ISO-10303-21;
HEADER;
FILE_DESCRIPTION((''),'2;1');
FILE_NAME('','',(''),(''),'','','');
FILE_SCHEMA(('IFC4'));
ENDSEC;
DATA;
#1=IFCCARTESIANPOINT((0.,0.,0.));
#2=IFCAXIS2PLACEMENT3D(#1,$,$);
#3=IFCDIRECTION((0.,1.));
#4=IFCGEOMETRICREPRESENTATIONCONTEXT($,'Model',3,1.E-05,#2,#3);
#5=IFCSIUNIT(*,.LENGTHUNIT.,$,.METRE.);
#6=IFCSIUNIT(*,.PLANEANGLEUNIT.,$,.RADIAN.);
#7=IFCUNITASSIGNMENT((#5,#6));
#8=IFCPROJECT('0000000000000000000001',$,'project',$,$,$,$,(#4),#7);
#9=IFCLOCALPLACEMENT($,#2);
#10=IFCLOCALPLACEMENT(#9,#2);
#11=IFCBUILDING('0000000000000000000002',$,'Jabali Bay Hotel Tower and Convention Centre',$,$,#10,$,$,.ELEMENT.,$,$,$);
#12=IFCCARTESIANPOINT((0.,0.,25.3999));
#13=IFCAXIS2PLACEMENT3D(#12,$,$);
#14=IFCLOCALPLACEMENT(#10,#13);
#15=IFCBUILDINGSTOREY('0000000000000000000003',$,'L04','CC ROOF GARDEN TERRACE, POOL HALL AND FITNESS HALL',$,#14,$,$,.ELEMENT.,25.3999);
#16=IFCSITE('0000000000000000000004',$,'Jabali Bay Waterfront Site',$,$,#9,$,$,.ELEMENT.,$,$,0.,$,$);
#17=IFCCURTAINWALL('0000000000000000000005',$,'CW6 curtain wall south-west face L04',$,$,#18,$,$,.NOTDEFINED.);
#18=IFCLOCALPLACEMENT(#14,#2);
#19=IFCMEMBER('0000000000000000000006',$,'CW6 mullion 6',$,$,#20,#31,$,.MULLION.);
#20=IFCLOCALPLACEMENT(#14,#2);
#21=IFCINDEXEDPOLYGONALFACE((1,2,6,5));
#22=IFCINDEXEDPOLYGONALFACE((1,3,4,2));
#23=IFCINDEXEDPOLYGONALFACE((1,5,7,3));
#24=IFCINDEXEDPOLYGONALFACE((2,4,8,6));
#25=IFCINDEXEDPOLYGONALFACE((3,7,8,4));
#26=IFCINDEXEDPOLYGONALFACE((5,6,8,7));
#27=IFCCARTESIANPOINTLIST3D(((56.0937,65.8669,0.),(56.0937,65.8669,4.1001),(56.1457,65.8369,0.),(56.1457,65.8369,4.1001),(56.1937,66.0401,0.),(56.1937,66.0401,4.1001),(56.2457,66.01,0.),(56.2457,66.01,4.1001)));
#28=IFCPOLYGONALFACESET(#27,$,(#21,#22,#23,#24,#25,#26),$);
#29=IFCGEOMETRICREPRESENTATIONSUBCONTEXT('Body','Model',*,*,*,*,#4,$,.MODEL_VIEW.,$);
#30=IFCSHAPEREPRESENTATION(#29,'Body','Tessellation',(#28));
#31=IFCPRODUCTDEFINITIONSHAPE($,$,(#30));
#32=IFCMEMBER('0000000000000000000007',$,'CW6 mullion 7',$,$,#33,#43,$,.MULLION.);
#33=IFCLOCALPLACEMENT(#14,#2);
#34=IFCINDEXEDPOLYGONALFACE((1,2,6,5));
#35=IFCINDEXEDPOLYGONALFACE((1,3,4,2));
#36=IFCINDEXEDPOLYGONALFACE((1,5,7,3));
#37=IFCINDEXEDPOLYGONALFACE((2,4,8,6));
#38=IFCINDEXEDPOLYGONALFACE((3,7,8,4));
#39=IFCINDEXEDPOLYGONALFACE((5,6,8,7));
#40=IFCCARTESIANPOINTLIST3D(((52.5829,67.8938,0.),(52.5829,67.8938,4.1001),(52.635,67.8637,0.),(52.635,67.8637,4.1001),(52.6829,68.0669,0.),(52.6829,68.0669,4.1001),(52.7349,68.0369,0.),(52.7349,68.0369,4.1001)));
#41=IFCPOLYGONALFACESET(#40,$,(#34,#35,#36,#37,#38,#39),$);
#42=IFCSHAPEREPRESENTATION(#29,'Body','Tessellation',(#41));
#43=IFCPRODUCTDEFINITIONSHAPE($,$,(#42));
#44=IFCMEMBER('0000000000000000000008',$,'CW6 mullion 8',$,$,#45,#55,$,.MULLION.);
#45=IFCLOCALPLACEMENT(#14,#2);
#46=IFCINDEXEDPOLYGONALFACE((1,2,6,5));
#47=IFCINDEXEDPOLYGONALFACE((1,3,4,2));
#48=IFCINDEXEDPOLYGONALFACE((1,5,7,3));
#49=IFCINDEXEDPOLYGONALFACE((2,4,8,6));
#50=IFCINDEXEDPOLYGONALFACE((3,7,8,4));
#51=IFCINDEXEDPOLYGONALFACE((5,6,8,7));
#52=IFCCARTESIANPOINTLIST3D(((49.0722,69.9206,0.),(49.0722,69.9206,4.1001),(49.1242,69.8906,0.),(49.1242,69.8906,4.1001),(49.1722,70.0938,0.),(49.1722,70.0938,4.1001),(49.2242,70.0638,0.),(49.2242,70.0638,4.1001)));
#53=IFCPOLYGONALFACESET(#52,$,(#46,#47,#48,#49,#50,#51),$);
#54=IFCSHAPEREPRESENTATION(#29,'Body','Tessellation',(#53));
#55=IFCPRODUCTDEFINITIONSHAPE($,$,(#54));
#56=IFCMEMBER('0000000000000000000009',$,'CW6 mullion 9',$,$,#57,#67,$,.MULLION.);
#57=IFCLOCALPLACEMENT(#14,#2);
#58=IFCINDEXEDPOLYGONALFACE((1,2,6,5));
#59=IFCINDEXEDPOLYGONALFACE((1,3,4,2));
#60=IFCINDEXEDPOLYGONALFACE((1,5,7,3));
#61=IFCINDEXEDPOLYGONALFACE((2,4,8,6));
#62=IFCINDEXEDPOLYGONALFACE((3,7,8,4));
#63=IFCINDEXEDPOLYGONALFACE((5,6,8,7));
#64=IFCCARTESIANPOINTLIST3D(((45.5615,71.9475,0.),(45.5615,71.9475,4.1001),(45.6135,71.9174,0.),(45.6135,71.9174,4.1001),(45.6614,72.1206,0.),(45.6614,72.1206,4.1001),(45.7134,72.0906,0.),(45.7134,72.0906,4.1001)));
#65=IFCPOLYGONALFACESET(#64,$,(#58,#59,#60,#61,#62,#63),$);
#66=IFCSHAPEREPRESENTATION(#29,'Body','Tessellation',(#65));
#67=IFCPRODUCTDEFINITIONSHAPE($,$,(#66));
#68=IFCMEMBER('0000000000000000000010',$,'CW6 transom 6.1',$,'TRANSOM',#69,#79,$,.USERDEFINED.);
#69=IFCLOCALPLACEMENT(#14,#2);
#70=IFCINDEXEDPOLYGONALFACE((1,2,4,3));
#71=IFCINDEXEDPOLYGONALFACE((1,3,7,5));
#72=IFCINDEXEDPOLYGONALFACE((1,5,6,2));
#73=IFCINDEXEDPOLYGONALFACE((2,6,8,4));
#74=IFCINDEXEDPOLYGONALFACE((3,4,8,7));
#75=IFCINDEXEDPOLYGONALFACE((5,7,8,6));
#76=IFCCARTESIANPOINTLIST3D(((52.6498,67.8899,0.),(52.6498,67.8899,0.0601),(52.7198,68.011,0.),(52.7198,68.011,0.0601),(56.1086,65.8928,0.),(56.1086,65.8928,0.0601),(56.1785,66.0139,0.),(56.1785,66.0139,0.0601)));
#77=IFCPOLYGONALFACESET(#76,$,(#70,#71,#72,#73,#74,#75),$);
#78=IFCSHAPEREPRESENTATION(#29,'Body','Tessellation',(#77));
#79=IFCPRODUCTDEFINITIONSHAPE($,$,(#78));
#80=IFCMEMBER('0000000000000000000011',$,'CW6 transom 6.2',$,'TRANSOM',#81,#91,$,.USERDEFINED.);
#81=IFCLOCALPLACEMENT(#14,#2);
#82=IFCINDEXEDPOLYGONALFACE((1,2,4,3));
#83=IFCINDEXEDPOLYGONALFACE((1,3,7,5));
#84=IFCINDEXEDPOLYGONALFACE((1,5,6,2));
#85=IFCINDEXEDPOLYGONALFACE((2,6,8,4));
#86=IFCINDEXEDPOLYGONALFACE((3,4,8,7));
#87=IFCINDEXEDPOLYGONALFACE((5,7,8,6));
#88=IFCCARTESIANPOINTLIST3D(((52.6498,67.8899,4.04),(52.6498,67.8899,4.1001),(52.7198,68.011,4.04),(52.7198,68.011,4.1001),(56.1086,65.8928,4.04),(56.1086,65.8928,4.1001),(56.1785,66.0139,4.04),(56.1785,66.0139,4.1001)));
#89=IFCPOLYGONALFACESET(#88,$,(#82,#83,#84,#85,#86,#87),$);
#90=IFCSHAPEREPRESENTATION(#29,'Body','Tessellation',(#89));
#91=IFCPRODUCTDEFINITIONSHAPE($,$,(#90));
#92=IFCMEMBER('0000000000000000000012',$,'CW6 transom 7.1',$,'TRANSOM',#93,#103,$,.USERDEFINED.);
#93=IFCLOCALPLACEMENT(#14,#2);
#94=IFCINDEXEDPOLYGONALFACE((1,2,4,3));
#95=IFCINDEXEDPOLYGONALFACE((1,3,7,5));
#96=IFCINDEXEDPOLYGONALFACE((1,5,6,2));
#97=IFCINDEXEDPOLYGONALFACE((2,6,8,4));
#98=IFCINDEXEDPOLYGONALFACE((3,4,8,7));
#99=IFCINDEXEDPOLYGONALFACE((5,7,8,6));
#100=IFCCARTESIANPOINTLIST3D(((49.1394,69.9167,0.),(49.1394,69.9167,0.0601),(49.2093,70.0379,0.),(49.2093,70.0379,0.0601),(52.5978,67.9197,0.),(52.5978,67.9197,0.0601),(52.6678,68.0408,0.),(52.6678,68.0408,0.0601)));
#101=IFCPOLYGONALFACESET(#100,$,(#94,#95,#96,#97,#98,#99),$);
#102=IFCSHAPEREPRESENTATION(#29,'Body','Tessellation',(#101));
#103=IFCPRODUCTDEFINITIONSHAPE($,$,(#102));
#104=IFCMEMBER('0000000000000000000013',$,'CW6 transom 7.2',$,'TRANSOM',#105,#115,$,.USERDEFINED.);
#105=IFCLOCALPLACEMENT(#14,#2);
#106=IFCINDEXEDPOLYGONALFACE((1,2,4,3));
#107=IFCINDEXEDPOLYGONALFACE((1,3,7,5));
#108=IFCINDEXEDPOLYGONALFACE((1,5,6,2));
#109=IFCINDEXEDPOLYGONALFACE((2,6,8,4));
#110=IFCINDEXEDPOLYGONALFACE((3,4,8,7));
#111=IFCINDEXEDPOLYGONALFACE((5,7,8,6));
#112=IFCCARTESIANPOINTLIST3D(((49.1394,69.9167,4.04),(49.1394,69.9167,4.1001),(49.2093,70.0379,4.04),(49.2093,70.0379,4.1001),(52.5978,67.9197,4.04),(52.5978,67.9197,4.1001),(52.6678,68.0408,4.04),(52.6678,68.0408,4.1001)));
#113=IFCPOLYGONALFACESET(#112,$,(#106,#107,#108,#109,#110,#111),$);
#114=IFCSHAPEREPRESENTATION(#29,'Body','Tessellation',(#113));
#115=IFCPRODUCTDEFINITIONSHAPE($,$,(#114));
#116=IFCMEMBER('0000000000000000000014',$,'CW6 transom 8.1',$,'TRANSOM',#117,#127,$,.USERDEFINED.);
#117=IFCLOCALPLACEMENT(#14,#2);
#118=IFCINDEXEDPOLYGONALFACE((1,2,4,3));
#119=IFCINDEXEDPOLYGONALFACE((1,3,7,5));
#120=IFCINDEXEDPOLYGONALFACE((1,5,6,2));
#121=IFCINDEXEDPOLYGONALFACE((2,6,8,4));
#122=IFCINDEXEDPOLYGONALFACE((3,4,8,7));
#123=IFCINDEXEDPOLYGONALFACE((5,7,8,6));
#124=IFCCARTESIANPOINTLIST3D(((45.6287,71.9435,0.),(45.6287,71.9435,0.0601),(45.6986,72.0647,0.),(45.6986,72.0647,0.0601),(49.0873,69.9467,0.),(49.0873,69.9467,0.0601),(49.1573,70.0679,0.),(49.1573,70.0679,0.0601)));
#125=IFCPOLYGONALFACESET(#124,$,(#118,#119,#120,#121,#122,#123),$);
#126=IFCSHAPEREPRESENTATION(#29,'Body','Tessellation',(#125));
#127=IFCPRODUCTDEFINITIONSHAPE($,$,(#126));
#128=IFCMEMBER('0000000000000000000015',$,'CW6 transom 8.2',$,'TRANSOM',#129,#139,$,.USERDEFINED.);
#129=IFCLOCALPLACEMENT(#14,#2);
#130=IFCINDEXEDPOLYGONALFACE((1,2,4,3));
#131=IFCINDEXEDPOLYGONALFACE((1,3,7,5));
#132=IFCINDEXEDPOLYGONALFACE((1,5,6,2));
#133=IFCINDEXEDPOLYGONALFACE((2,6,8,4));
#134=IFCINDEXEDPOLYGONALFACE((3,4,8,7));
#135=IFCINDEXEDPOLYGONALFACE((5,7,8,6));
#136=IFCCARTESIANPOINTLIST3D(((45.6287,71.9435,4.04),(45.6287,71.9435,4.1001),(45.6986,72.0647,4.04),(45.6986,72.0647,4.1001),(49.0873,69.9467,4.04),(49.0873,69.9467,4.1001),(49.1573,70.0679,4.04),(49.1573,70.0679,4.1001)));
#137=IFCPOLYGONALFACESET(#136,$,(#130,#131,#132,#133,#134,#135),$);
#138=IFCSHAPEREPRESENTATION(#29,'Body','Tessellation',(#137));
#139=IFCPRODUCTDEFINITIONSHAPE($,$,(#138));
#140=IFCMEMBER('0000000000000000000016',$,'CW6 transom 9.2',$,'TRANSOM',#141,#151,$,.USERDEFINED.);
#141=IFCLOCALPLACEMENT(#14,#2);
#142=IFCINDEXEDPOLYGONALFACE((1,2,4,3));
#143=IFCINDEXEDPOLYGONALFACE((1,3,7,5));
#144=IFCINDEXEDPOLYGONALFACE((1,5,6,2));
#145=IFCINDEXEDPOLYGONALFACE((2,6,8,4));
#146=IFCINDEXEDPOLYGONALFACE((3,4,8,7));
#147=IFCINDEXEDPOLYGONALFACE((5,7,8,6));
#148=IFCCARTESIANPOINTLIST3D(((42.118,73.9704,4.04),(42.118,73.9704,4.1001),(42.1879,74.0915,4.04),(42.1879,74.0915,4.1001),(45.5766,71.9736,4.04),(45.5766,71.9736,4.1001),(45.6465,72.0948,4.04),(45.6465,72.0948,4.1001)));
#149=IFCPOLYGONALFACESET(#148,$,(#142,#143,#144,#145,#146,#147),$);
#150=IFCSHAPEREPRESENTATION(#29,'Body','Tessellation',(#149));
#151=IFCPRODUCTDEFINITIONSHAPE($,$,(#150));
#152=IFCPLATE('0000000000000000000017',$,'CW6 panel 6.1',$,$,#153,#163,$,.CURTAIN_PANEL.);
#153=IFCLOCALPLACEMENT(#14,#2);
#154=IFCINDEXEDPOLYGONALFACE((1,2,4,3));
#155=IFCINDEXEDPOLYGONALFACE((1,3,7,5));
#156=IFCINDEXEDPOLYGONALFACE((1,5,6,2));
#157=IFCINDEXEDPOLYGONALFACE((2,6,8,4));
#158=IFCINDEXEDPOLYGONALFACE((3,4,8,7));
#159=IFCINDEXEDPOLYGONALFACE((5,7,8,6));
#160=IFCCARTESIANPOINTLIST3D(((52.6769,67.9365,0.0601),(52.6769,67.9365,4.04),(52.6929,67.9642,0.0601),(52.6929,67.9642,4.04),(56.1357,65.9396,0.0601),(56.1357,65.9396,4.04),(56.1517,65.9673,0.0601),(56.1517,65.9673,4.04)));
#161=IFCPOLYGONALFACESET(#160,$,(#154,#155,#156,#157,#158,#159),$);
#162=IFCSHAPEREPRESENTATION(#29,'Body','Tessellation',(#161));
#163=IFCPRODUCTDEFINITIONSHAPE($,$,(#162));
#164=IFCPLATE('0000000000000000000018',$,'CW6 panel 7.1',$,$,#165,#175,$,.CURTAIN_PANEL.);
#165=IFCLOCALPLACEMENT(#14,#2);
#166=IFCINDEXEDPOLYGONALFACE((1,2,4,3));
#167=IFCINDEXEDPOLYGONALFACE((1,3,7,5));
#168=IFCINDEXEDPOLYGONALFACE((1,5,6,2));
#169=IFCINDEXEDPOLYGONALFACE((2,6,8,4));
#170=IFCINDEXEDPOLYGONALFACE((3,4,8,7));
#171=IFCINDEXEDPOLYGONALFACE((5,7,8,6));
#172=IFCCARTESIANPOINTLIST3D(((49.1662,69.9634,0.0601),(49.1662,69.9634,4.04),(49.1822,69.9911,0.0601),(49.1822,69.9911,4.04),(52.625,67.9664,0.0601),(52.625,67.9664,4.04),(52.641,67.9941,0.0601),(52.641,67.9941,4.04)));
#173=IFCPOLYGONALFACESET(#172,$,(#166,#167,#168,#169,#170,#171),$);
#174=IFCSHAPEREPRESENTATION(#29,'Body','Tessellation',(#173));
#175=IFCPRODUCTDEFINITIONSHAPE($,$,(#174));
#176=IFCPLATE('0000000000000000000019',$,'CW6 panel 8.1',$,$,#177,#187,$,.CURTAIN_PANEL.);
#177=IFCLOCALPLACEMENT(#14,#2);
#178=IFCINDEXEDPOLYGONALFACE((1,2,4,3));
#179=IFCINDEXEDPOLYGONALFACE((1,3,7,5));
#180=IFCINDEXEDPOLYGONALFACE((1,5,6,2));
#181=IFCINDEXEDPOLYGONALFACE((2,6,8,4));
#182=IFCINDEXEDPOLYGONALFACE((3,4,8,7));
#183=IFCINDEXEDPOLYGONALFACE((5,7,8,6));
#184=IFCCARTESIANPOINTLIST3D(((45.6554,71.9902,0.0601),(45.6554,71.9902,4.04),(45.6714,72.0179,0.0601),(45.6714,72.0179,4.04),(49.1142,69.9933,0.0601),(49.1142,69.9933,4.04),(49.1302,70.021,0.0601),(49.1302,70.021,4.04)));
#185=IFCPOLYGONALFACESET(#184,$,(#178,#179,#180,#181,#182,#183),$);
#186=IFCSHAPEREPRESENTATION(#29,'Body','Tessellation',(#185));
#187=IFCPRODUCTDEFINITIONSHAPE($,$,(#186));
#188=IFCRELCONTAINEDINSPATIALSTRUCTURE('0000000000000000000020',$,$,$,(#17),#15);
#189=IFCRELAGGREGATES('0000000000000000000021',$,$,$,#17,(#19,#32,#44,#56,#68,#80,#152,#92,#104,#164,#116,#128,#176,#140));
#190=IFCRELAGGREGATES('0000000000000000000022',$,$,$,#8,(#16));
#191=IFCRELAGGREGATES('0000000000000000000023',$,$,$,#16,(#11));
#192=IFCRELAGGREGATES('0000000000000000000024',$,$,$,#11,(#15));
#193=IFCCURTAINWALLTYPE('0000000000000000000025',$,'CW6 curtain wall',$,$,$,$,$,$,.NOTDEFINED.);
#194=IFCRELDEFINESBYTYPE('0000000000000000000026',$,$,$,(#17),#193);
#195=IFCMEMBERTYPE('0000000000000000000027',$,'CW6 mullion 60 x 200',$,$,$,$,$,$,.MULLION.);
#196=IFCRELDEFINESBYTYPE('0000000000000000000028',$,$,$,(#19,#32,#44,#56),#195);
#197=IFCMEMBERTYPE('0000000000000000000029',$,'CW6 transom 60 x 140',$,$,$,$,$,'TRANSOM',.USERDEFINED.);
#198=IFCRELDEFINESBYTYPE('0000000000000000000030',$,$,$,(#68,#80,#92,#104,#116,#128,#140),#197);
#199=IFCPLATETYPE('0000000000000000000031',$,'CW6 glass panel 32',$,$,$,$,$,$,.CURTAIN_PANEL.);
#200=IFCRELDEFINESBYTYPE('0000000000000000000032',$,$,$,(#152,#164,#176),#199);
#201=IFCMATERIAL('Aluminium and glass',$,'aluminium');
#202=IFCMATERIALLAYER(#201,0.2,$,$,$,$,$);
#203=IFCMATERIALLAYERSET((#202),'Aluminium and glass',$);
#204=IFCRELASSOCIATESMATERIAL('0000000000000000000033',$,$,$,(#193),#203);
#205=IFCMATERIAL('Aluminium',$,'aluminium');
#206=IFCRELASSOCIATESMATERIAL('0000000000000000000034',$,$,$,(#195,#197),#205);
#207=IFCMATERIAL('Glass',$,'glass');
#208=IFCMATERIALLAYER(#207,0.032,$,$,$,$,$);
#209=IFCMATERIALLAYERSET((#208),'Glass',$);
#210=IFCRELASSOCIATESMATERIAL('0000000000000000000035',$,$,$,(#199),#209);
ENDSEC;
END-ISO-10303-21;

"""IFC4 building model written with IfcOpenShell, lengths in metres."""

from ifc_helpers import new_model, si_unit, direction, frame, origin, origin_2d, place, context, subcontext, project, spatial, rectangle, extrude, material, layer, layer_set, material_profile, profile_set, type_object, element, aggregate, save


model = new_model("IFC4")

# Units and contexts
model_context = context("Model", 3, precision=1e-05, world=origin(), true_north=direction((0.0, 1.0)))
body_context = subcontext(model_context, "Body", "Model", "MODEL_VIEW")
ifc_project = project(units=[si_unit("LENGTHUNIT", "METRE"), si_unit("PLANEANGLEUNIT", "RADIAN")], contexts=[model_context])

# Site, building, storey
site_placement = place(None, origin())
site = spatial("IfcSite", under=ifc_project, at=site_placement, Name="Jabali Bay Waterfront Site", CompositionType="ELEMENT", RefElevation=0.0)
building_placement = place(site_placement, origin())
building = spatial("IfcBuilding", under=site, at=building_placement, Name="Jabali Bay Hotel Tower and Convention Centre", CompositionType="ELEMENT")
storey_placement = place(building_placement, frame((0.0, 0.0, 25.3999)))
storey = spatial("IfcBuildingStorey", under=building, at=storey_placement, Name="L04", Description="CC ROOF GARDEN TERRACE, POOL HALL AND FITNESS HALL", CompositionType="ELEMENT", Elevation=25.3999)

# Curtain wall, members, plates
ifc_material_1 = material(Name="Aluminium and glass", Category="aluminium")
ifc_layer_1 = layer(ifc_material_1, 0.2)
ifc_layer_set_1 = layer_set([ifc_layer_1], Name="Aluminium and glass")
curtain_wall_type = type_object("IfcCurtainWallType", Name="CW6 curtain wall", PredefinedType="NOTDEFINED", material=ifc_layer_set_1)
curtain_wall_placement = place(storey_placement, origin())
curtain_wall = element("IfcCurtainWall", 1, at=curtain_wall_placement, inside=storey, type_object=curtain_wall_type, Name="CW6 curtain wall south-west face L04", PredefinedType="NOTDEFINED")
ifc_material_2 = material(Name="Aluminium", Category="aluminium")
ifc_material_profile_1 = material_profile(ifc_material_2, rectangle(XDim=0.2, YDim=0.0601, at=origin_2d()), Name="CW6 mullion 60 x 200")
ifc_profile_set_1 = profile_set([ifc_material_profile_1], Name="Aluminium")
member_type_1 = type_object("IfcMemberType", Name="CW6 mullion 60 x 200", PredefinedType="MULLION", material=ifc_profile_set_1)
member_1_placement = place(storey_placement, frame((56.1697, 65.9385, 0.0), z_axis=(0.0, 0.0, 1.0), x_axis=(-0.5, -0.866025, 0.0)))
member_1 = element("IfcMember", 2, at=member_1_placement, type_object=member_type_1, Name="CW6 mullion 6", PredefinedType="MULLION", context=body_context, shape_type="SweptSolid", body=[
    extrude(rectangle(XDim=0.2, YDim=0.0601, at=origin_2d()), origin(), (0.0, 0.0, 1.0), 4.1001),
])
member_2_placement = place(storey_placement, frame((52.6589, 67.9653, 0.0), z_axis=(0.0, 0.0, 1.0), x_axis=(-0.5, -0.866025, 0.0)))
member_2 = element("IfcMember", 3, at=member_2_placement, type_object=member_type_1, Name="CW6 mullion 7", PredefinedType="MULLION", context=body_context, shape_type="SweptSolid", body=[
    extrude(rectangle(XDim=0.2, YDim=0.0601, at=origin_2d()), origin(), (0.0, 0.0, 1.0), 4.1001),
])
member_3_placement = place(storey_placement, frame((49.1482, 69.9922, 0.0), z_axis=(0.0, 0.0, 1.0), x_axis=(-0.5, -0.866025, 0.0)))
member_3 = element("IfcMember", 4, at=member_3_placement, type_object=member_type_1, Name="CW6 mullion 8", PredefinedType="MULLION", context=body_context, shape_type="SweptSolid", body=[
    extrude(rectangle(XDim=0.2, YDim=0.0601, at=origin_2d()), origin(), (0.0, 0.0, 1.0), 4.1001),
])
member_4_placement = place(storey_placement, frame((45.6375, 72.019, 0.0), z_axis=(0.0, 0.0, 1.0), x_axis=(-0.5, -0.866025, 0.0)))
member_4 = element("IfcMember", 5, at=member_4_placement, type_object=member_type_1, Name="CW6 mullion 9", PredefinedType="MULLION", context=body_context, shape_type="SweptSolid", body=[
    extrude(rectangle(XDim=0.2, YDim=0.0601, at=origin_2d()), origin(), (0.0, 0.0, 1.0), 4.1001),
])
ifc_material_profile_2 = material_profile(ifc_material_2, rectangle(XDim=0.1399, YDim=0.0601, at=origin_2d()), Name="CW6 transom 60 x 140")
ifc_profile_set_2 = profile_set([ifc_material_profile_2], Name="Aluminium")
member_type_2 = type_object("IfcMemberType", Name="CW6 transom 60 x 140", ElementType="TRANSOM", PredefinedType="USERDEFINED", material=ifc_profile_set_2)
member_5_placement = place(storey_placement, frame((56.1436, 65.9534, 0.03), z_axis=(-0.866007, 0.500031, 0.0), x_axis=(-0.500031, -0.866007, 0.0)))
member_5 = element("IfcMember", 6, at=member_5_placement, type_object=member_type_2, Name="CW6 transom 6.1", ObjectType="TRANSOM", PredefinedType="USERDEFINED", context=body_context, shape_type="SweptSolid", body=[
    extrude(rectangle(XDim=0.1399, YDim=0.0601, at=origin_2d()), origin(), (0.0, 0.0, 1.0), 3.9939),
])
member_6_placement = place(storey_placement, frame((56.1436, 65.9534, 4.0701), z_axis=(-0.866007, 0.500031, 0.0), x_axis=(-0.500031, -0.866007, 0.0)))
member_6 = element("IfcMember", 7, at=member_6_placement, type_object=member_type_2, Name="CW6 transom 6.2", ObjectType="TRANSOM", PredefinedType="USERDEFINED", context=body_context, shape_type="SweptSolid", body=[
    extrude(rectangle(XDim=0.1399, YDim=0.0601, at=origin_2d()), origin(), (0.0, 0.0, 1.0), 3.9939),
])
member_7_placement = place(storey_placement, frame((52.6328, 67.9802, 0.03), z_axis=(-0.865992, 0.500058, 0.0), x_axis=(-0.500058, -0.865992, 0.0)))
member_7 = element("IfcMember", 8, at=member_7_placement, type_object=member_type_2, Name="CW6 transom 7.1", ObjectType="TRANSOM", PredefinedType="USERDEFINED", context=body_context, shape_type="SweptSolid", body=[
    extrude(rectangle(XDim=0.1399, YDim=0.0601, at=origin_2d()), origin(), (0.0, 0.0, 1.0), 3.9937),
])
member_8_placement = place(storey_placement, frame((52.6328, 67.9802, 4.0701), z_axis=(-0.865992, 0.500058, 0.0), x_axis=(-0.500058, -0.865992, 0.0)))
member_8 = element("IfcMember", 9, at=member_8_placement, type_object=member_type_2, Name="CW6 transom 7.2", ObjectType="TRANSOM", PredefinedType="USERDEFINED", context=body_context, shape_type="SweptSolid", body=[
    extrude(rectangle(XDim=0.1399, YDim=0.0601, at=origin_2d()), origin(), (0.0, 0.0, 1.0), 3.9937),
])
member_9_placement = place(storey_placement, frame((49.1223, 70.0073, 0.03), z_axis=(-0.866034, 0.499985, 0.0), x_axis=(-0.499985, -0.866034, 0.0)))
member_9 = element("IfcMember", 10, at=member_9_placement, type_object=member_type_2, Name="CW6 transom 8.1", ObjectType="TRANSOM", PredefinedType="USERDEFINED", context=body_context, shape_type="SweptSolid", body=[
    extrude(rectangle(XDim=0.1399, YDim=0.0601, at=origin_2d()), origin(), (0.0, 0.0, 1.0), 3.9937),
])
member_10_placement = place(storey_placement, frame((49.1223, 70.0073, 4.0701), z_axis=(-0.866034, 0.499985, 0.0), x_axis=(-0.499985, -0.866034, 0.0)))
member_10 = element("IfcMember", 11, at=member_10_placement, type_object=member_type_2, Name="CW6 transom 8.2", ObjectType="TRANSOM", PredefinedType="USERDEFINED", context=body_context, shape_type="SweptSolid", body=[
    extrude(rectangle(XDim=0.1399, YDim=0.0601, at=origin_2d()), origin(), (0.0, 0.0, 1.0), 3.9937),
])
member_11_placement = place(storey_placement, frame((45.6116, 72.0342, 4.0701), z_axis=(-0.866034, 0.499985, 0.0), x_axis=(-0.499985, -0.866034, 0.0)))
member_11 = element("IfcMember", 12, at=member_11_placement, type_object=member_type_2, Name="CW6 transom 9.2", ObjectType="TRANSOM", PredefinedType="USERDEFINED", context=body_context, shape_type="SweptSolid", body=[
    extrude(rectangle(XDim=0.1399, YDim=0.0601, at=origin_2d()), origin(), (0.0, 0.0, 1.0), 3.9937),
])
ifc_material_3 = material(Name="Glass", Category="glass")
ifc_layer_2 = layer(ifc_material_3, 0.032)
ifc_layer_set_2 = layer_set([ifc_layer_2], Name="Glass")
plate_type = type_object("IfcPlateType", Name="CW6 glass panel 32", PredefinedType="CURTAIN_PANEL", material=ifc_layer_set_2)
plate_1_placement = place(storey_placement, frame((54.4143, 66.9519, 0.0601), z_axis=(0.0, 0.0, 1.0), x_axis=(-0.866025, 0.5, 0.0)))
plate_1 = element("IfcPlate", 13, at=plate_1_placement, type_object=plate_type, Name="CW6 panel 6.1", PredefinedType="CURTAIN_PANEL", context=body_context, shape_type="SweptSolid", body=[
    extrude(rectangle(XDim=3.9939, YDim=0.032, at=origin_2d()), origin(), (0.0, 0.0, 1.0), 3.98),
])
plate_2_placement = place(storey_placement, frame((50.9036, 68.9788, 0.0601), z_axis=(0.0, 0.0, 1.0), x_axis=(-0.866025, 0.5, 0.0)))
plate_2 = element("IfcPlate", 14, at=plate_2_placement, type_object=plate_type, Name="CW6 panel 7.1", PredefinedType="CURTAIN_PANEL", context=body_context, shape_type="SweptSolid", body=[
    extrude(rectangle(XDim=3.9939, YDim=0.032, at=origin_2d()), origin(), (0.0, 0.0, 1.0), 3.98),
])
plate_3_placement = place(storey_placement, frame((47.3928, 71.0056, 0.0601), z_axis=(0.0, 0.0, 1.0), x_axis=(-0.866025, 0.5, 0.0)))
plate_3 = element("IfcPlate", 15, at=plate_3_placement, type_object=plate_type, Name="CW6 panel 8.1", PredefinedType="CURTAIN_PANEL", context=body_context, shape_type="SweptSolid", body=[
    extrude(rectangle(XDim=3.9939, YDim=0.032, at=origin_2d()), origin(), (0.0, 0.0, 1.0), 3.98),
])
aggregate(curtain_wall, [member_1, member_2, member_3, member_4, member_5, member_6, plate_1, member_7, member_8, plate_2, member_9, member_10, plate_3, member_11])

save(model, "model.ifc")
